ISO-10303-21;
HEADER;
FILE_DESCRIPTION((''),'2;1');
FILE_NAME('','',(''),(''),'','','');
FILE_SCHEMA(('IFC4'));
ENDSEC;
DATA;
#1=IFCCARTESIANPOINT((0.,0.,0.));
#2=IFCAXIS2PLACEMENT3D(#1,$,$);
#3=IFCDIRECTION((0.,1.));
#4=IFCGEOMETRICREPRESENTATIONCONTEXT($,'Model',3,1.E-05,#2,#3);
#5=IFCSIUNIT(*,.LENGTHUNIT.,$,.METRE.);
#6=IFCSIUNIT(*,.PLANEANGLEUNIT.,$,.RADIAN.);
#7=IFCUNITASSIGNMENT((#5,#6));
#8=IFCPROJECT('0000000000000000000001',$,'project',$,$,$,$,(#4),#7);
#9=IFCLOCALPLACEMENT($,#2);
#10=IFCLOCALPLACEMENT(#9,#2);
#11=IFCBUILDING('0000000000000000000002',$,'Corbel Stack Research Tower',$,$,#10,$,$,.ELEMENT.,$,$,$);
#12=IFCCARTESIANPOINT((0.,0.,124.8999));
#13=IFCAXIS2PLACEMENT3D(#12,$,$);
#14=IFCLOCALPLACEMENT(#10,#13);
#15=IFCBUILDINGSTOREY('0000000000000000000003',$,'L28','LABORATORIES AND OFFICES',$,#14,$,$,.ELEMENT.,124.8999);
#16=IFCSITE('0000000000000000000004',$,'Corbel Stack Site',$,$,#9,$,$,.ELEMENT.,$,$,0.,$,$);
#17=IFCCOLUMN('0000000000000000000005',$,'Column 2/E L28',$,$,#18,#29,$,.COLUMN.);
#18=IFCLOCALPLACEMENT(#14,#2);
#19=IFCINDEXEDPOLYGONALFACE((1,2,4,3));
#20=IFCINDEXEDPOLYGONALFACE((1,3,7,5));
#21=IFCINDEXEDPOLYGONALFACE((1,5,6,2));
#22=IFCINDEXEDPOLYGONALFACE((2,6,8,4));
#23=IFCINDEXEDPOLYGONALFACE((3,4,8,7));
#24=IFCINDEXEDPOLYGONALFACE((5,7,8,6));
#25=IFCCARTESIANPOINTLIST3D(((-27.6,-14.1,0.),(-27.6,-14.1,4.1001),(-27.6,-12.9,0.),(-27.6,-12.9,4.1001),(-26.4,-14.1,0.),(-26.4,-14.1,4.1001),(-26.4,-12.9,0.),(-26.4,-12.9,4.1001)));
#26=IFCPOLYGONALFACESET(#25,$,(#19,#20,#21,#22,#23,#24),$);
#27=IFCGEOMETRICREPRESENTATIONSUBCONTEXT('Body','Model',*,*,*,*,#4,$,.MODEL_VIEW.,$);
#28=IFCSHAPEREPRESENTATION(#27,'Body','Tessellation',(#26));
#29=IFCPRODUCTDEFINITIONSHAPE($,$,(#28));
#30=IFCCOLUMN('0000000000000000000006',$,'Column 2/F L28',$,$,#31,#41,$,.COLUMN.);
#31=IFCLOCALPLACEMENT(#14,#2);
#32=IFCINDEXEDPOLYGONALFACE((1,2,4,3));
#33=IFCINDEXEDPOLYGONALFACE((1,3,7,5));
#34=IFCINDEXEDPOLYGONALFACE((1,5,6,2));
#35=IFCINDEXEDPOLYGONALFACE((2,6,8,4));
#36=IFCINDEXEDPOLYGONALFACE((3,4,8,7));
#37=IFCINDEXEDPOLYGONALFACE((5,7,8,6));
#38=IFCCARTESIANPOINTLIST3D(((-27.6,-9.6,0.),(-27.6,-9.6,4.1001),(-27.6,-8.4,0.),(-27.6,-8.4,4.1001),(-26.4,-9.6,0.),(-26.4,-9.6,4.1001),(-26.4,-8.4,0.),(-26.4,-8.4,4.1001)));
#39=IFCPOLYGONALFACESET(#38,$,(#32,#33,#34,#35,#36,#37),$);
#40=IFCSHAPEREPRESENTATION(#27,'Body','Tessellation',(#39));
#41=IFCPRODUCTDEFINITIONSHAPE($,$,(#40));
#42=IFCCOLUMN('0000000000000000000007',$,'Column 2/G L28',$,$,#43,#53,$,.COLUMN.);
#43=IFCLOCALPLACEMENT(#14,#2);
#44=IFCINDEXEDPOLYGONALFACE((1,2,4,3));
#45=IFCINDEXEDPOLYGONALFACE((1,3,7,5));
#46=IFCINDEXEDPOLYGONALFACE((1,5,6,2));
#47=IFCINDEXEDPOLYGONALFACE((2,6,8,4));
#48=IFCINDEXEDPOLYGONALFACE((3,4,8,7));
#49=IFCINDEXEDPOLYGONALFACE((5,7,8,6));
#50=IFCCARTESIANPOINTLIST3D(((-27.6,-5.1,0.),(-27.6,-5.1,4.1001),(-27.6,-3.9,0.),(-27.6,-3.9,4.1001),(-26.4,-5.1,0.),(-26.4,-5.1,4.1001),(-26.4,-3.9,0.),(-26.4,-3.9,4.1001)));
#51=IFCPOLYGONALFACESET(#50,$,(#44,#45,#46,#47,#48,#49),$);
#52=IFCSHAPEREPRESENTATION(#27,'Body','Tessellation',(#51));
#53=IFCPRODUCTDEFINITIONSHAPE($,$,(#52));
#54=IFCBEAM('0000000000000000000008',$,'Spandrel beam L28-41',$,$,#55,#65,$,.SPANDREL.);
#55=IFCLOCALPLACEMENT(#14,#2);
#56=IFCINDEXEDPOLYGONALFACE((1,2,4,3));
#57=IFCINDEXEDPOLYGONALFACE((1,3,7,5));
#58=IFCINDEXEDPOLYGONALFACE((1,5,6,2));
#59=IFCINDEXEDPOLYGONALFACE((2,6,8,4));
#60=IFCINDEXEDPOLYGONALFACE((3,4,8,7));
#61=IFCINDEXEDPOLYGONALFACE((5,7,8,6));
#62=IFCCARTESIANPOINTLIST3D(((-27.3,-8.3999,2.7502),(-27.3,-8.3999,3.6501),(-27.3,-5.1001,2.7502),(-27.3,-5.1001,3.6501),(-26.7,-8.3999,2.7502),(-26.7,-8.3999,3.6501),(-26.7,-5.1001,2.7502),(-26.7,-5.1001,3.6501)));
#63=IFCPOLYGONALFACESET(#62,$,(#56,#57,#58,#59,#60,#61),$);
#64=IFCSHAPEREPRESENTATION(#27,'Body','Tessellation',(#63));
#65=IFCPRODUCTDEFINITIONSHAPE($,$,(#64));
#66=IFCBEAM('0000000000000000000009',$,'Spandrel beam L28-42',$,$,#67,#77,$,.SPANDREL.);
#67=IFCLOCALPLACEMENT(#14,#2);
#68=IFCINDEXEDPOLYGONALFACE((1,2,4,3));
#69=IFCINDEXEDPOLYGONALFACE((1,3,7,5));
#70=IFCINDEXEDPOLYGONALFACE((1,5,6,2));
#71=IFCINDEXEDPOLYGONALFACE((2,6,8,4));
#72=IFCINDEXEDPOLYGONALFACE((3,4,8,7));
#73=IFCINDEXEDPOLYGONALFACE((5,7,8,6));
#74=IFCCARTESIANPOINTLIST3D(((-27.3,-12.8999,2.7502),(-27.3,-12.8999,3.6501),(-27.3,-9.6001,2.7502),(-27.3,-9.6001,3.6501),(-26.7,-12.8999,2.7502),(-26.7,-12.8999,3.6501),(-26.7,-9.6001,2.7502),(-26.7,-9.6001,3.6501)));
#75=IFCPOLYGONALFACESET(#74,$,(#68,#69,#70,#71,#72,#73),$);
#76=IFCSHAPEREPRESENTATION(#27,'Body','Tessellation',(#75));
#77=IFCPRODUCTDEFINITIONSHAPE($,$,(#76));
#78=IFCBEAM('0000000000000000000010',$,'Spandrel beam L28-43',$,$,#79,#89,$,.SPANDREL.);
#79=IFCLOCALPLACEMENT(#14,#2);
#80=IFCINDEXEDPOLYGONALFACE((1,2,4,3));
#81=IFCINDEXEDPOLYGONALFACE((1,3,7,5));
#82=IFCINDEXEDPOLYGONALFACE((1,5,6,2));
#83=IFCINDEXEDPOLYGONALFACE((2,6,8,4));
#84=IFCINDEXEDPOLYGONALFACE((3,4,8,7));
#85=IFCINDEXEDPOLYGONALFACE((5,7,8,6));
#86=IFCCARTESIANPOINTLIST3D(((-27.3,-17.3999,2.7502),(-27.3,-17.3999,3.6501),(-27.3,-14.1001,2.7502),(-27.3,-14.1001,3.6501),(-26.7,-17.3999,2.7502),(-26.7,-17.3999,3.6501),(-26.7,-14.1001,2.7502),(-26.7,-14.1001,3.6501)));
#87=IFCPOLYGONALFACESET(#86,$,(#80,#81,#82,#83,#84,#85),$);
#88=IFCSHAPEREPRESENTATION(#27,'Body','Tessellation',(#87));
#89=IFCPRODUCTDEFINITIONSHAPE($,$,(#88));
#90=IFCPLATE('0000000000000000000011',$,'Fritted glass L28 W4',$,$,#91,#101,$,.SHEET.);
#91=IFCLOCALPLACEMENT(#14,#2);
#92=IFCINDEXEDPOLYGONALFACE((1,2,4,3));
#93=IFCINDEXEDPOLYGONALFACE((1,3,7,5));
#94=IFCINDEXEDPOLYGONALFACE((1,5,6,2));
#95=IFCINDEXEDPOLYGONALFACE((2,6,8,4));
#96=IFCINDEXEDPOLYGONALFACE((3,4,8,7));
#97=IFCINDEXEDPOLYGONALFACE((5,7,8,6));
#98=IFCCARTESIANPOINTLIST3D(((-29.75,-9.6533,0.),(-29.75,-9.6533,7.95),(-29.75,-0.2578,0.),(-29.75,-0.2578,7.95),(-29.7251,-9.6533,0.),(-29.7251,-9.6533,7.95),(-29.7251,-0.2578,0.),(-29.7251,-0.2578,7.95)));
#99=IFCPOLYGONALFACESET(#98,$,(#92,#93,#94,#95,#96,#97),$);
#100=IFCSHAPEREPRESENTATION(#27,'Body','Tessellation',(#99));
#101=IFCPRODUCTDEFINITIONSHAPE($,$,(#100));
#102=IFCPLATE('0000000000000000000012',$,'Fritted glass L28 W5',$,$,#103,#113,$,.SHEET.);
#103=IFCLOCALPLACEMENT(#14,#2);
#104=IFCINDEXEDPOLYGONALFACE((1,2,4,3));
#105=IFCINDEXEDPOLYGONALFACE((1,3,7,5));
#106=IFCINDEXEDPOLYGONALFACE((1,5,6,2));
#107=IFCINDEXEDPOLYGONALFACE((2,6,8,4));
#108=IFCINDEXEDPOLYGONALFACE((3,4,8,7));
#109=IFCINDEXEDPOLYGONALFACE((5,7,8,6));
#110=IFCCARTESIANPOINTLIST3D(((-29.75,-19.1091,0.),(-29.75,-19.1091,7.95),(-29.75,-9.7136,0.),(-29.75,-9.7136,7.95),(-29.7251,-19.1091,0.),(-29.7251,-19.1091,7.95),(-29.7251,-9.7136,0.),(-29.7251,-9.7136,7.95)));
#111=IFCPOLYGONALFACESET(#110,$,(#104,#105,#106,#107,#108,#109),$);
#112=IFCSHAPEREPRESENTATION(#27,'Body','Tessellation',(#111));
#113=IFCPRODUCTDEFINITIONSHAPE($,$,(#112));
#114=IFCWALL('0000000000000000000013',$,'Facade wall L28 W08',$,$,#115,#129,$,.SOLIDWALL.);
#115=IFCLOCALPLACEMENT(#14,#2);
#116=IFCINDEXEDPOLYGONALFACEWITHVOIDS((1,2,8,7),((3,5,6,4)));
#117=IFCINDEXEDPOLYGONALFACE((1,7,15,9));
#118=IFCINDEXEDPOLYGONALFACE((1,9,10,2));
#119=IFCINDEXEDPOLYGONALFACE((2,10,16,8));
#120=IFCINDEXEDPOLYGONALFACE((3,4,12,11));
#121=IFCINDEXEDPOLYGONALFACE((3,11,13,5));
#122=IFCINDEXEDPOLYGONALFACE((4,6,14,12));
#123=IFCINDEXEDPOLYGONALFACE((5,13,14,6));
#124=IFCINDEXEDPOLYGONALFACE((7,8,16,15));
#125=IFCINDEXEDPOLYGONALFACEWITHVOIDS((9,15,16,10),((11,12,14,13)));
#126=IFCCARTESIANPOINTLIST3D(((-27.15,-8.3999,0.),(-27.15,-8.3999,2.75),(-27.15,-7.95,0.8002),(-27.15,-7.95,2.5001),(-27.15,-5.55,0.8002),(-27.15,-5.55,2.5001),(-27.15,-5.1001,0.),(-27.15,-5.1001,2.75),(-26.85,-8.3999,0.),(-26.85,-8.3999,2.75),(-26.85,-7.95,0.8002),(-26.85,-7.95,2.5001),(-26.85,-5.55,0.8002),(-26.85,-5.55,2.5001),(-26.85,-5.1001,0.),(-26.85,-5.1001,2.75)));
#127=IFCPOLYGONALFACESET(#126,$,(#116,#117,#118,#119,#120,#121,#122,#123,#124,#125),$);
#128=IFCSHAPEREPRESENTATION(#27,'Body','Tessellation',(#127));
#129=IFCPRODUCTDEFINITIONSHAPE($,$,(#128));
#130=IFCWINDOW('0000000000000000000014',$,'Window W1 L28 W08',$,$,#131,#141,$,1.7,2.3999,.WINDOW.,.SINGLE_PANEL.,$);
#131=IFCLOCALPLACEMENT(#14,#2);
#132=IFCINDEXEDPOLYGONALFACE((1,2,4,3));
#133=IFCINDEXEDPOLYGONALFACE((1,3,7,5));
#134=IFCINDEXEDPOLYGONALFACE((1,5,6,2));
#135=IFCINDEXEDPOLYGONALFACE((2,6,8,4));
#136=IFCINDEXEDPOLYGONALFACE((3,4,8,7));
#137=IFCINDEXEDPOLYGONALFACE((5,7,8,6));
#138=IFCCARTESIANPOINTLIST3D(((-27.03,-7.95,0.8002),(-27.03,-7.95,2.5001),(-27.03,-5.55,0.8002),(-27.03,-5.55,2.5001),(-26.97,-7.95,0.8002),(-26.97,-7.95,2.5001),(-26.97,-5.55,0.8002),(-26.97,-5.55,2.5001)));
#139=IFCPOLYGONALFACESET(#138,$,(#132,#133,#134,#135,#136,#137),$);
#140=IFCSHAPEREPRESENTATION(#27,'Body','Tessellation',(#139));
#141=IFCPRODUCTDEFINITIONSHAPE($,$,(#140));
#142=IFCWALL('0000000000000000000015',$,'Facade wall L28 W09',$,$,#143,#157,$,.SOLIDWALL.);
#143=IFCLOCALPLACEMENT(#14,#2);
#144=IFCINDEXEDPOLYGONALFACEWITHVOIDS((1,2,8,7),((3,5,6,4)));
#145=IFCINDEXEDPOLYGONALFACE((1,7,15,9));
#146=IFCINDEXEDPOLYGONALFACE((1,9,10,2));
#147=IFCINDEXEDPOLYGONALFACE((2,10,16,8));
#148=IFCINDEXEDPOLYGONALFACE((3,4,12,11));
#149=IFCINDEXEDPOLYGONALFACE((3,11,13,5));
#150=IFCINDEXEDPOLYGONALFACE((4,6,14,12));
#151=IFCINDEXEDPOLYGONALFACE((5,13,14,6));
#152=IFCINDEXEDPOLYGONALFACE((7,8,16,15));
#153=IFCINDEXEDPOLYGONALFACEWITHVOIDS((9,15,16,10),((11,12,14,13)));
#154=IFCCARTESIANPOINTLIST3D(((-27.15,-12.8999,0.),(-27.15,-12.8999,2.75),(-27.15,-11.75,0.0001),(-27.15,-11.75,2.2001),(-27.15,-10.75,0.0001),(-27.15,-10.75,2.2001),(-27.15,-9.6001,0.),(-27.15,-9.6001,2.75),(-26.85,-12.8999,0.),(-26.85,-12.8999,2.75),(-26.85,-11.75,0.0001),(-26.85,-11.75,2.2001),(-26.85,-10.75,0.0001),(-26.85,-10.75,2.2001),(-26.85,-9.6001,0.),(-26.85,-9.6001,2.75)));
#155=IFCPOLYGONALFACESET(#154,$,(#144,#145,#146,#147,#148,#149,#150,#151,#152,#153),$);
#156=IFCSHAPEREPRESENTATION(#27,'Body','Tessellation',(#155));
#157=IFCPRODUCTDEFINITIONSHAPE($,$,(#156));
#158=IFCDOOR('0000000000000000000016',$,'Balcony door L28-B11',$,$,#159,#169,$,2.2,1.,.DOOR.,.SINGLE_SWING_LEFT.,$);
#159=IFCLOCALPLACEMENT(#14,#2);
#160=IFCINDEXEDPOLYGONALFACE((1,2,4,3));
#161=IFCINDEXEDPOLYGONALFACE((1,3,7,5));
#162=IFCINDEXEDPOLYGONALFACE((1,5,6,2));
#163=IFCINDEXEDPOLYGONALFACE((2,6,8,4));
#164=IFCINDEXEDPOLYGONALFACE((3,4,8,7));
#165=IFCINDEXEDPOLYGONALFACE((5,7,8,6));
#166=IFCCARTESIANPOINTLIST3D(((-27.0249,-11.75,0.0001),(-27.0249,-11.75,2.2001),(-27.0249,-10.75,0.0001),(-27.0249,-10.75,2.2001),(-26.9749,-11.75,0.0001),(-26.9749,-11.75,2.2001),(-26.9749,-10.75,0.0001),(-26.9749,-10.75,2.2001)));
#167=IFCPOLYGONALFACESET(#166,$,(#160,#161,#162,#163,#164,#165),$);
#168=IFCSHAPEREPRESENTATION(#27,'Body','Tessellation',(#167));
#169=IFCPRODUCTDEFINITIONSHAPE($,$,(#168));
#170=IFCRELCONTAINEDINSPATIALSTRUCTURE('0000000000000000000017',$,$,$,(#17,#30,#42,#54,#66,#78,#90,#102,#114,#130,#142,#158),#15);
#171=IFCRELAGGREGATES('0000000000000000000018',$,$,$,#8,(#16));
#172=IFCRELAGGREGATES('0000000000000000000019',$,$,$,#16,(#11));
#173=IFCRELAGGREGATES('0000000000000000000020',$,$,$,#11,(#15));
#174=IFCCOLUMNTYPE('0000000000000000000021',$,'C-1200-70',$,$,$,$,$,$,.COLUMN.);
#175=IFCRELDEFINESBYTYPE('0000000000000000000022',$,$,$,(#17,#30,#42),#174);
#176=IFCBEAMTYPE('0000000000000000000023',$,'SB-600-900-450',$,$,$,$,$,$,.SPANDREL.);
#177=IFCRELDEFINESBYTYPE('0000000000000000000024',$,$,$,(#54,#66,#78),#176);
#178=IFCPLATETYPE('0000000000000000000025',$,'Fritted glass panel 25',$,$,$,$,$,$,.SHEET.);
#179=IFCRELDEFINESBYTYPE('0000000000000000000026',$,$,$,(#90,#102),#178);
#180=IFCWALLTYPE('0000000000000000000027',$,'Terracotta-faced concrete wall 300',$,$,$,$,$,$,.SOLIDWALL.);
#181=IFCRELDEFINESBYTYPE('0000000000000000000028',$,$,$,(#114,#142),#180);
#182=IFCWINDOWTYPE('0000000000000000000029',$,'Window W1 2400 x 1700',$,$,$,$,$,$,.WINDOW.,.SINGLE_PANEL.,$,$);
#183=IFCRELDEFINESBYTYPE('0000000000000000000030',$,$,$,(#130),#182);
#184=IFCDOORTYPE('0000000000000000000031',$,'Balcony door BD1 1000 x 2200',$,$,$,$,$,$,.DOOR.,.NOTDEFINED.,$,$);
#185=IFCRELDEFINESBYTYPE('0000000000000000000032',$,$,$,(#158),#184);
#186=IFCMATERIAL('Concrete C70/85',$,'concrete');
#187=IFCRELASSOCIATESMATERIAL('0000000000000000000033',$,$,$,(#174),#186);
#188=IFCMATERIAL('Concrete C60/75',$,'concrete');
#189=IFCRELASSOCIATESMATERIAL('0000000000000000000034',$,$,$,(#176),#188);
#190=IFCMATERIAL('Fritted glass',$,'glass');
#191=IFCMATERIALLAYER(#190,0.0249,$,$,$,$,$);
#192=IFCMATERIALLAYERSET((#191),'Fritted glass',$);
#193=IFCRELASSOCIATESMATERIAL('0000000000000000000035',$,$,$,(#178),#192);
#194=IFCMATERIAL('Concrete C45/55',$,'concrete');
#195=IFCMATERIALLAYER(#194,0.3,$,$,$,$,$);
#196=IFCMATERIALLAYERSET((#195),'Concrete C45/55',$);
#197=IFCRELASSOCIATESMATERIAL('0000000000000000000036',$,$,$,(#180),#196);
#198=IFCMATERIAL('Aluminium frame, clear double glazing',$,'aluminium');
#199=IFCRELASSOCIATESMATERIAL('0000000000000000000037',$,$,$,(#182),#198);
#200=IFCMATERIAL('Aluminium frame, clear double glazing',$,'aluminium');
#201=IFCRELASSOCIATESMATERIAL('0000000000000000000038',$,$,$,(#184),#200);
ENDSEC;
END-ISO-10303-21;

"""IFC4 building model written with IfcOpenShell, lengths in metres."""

from ifc_helpers import new_model, si_unit, direction, frame, frame_2d, origin, origin_2d, place, context, subcontext, project, spatial, rectangle, extrude, material, layer, layer_set, material_profile, profile_set, type_object, element, fill, save


model = new_model("IFC4")

# Units and contexts
model_context = context("Model", 3, precision=1e-05, world=origin(), true_north=direction((0.0, 1.0)))
body_context = subcontext(model_context, "Body", "Model", "MODEL_VIEW")
ifc_project = project(units=[si_unit("LENGTHUNIT", "METRE"), si_unit("PLANEANGLEUNIT", "RADIAN")], contexts=[model_context])

# Site, building, storey
site_placement = place(None, origin())
site = spatial("IfcSite", under=ifc_project, at=site_placement, Name="Corbel Stack Site", CompositionType="ELEMENT", RefElevation=0.0)
building_placement = place(site_placement, origin())
building = spatial("IfcBuilding", under=site, at=building_placement, Name="Corbel Stack Research Tower", CompositionType="ELEMENT")
storey_placement = place(building_placement, frame((0.0, 0.0, 124.8999)))
storey = spatial("IfcBuildingStorey", under=building, at=storey_placement, Name="L28", Description="LABORATORIES AND OFFICES", CompositionType="ELEMENT", Elevation=124.8999)

# Columns
ifc_material_1 = material(Name="Concrete C70/85", Category="concrete")
ifc_material_profile_1 = material_profile(ifc_material_1, rectangle(XDim=1.2, YDim=1.2, at=origin_2d()), Name="RC 1200 x 1200")
ifc_profile_set_1 = profile_set([ifc_material_profile_1], Name="Concrete C70/85")
column_type = type_object("IfcColumnType", Name="C-1200-70", PredefinedType="COLUMN", material=ifc_profile_set_1)
for number, where, z_axis, x_axis, name in (
    (1, (-27.0, -13.5, 0.0), (0.0, 0.0, 1.0), (1.0, 0.0, 0.0), "Column 2/E L28"),
    (2, (-27.0, -9.0, 0.0), (0.0, 0.0, 1.0), (1.0, 0.0, 0.0), "Column 2/F L28"),
    (3, (-27.0, -4.5, 0.0), (0.0, 0.0, 1.0), (1.0, 0.0, 0.0), "Column 2/G L28"),
):
    element("IfcColumn", number, at=place(storey_placement, frame(where, z_axis=z_axis, x_axis=x_axis)), inside=storey, type_object=column_type, Name=name, PredefinedType="COLUMN", context=body_context, shape_type="SweptSolid", body=[
        extrude(rectangle(XDim=1.2, YDim=1.2, at=origin_2d()), origin(), (0.0, 0.0, 1.0), 4.1001),
    ])

# Beams
ifc_material_2 = material(Name="Concrete C60/75", Category="concrete")
ifc_material_profile_2 = material_profile(ifc_material_2, rectangle(XDim=0.6001, YDim=0.8999, at=origin_2d()), Name="RC 600 x 900")
ifc_profile_set_2 = profile_set([ifc_material_profile_2], Name="Concrete C60/75")
beam_type = type_object("IfcBeamType", Name="SB-600-900-450", PredefinedType="SPANDREL", material=ifc_profile_set_2)
for number, where, z_axis, x_axis, name in (
    (4, (-27.0, -5.1001, 3.2002), (0.0, -1.0, 0.0), (1.0, 0.0, 0.0), "Spandrel beam L28-41"),
    (5, (-27.0, -9.6001, 3.2002), (0.0, -1.0, 0.0), (1.0, 0.0, 0.0), "Spandrel beam L28-42"),
    (6, (-27.0, -14.1001, 3.2002), (0.0, -1.0, 0.0), (1.0, 0.0, 0.0), "Spandrel beam L28-43"),
):
    element("IfcBeam", number, at=place(storey_placement, frame(where, z_axis=z_axis, x_axis=x_axis)), inside=storey, type_object=beam_type, Name=name, PredefinedType="SPANDREL", context=body_context, shape_type="SweptSolid", body=[
        extrude(rectangle(XDim=0.6001, YDim=0.8999, at=origin_2d()), origin(), (0.0, 0.0, 1.0), 3.2998),
    ])

# Plates
ifc_material_3 = material(Name="Fritted glass", Category="glass")
ifc_layer_1 = layer(ifc_material_3, 0.0249)
ifc_layer_set_1 = layer_set([ifc_layer_1], Name="Fritted glass")
plate_type = type_object("IfcPlateType", Name="Fritted glass panel 25", PredefinedType="SHEET", material=ifc_layer_set_1)
for number, where, z_axis, x_axis, name in (
    (7, (-29.7375, -4.9556, 0.0), (0.0, 0.0, 1.0), (0.0, -1.0, 0.0), "Fritted glass L28 W4"),
    (8, (-29.7375, -14.4114, 0.0), (0.0, 0.0, 1.0), (0.0, -1.0, 0.0), "Fritted glass L28 W5"),
):
    element("IfcPlate", number, at=place(storey_placement, frame(where, z_axis=z_axis, x_axis=x_axis)), inside=storey, type_object=plate_type, Name=name, PredefinedType="SHEET", context=body_context, shape_type="SweptSolid", body=[
        extrude(rectangle(XDim=9.3955, YDim=0.0249, at=origin_2d()), origin(), (0.0, 0.0, 1.0), 7.95),
    ])

# Wall, opening, window
ifc_material_4 = material(Name="Concrete C45/55", Category="concrete")
ifc_layer_2 = layer(ifc_material_4, 0.3)
ifc_layer_set_2 = layer_set([ifc_layer_2], Name="Concrete C45/55")
wall_type = type_object("IfcWallType", Name="Terracotta-faced concrete wall 300", PredefinedType="SOLIDWALL", material=ifc_layer_set_2)
wall_1_placement = place(storey_placement, frame((-27.0, -8.3999, 0.0), z_axis=(0.0, 0.0, 1.0), x_axis=(0.0, 1.0, 0.0)))
wall_1 = element("IfcWall", 9, at=wall_1_placement, inside=storey, type_object=wall_type, Name="Facade wall L28 W08", PredefinedType="SOLIDWALL", context=body_context, shape_type="SweptSolid", body=[
    extrude(rectangle(XDim=3.2998, YDim=0.3, at=frame_2d((1.6499, 0.0))), origin(), (0.0, 0.0, 1.0), 2.75),
])
opening_1_placement = place(wall_1_placement, frame((0.45, 0.0, 0.8)))
opening_1 = element("IfcOpeningElement", 10, at=opening_1_placement, cuts=wall_1, PredefinedType="OPENING", context=body_context, shape_type="SweptSolid", body=[
    extrude(rectangle(XDim=2.3999, YDim=1.7, at=frame_2d((1.2, 0.8501))), frame((0.0, 0.1599, 0.0), z_axis=(0.0, -1.0, 0.0), x_axis=(1.0, 0.0, 0.0)), (0.0, 0.0, 1.0), 0.3201),
])
ifc_material_5 = material(Name="Aluminium frame, clear double glazing", Category="aluminium")
window_type = type_object("IfcWindowType", Name="Window W1 2400 x 1700", PartitioningType="SINGLE_PANEL", PredefinedType="WINDOW", material=ifc_material_5)
window_placement = place(opening_1_placement, origin())
window = element("IfcWindow", 11, at=window_placement, inside=storey, type_object=window_type, Name="Window W1 L28 W08", OverallHeight=1.7, OverallWidth=2.3999, PartitioningType="SINGLE_PANEL", PredefinedType="WINDOW", context=body_context, shape_type="SweptSolid", body=[
    extrude(rectangle(XDim=2.3999, YDim=1.7, at=frame_2d((1.2, 0.8501))), frame((0.0, 0.03, 0.0), z_axis=(0.0, -1.0, 0.0), x_axis=(1.0, 0.0, 0.0)), (0.0, 0.0, 1.0), 0.0601),
])
fill(opening_1, window)

# Wall, opening, door
wall_2_placement = place(storey_placement, frame((-27.0, -12.8999, 0.0), z_axis=(0.0, 0.0, 1.0), x_axis=(0.0, 1.0, 0.0)))
wall_2 = element("IfcWall", 12, at=wall_2_placement, inside=storey, type_object=wall_type, Name="Facade wall L28 W09", PredefinedType="SOLIDWALL", context=body_context, shape_type="SweptSolid", body=[
    extrude(rectangle(XDim=3.2998, YDim=0.3, at=frame_2d((1.6499, 0.0))), origin(), (0.0, 0.0, 1.0), 2.75),
])
opening_2_placement = place(wall_2_placement, frame((1.1499, 0.0, 0.0)))
opening_2 = element("IfcOpeningElement", 13, at=opening_2_placement, cuts=wall_2, PredefinedType="OPENING", context=body_context, shape_type="SweptSolid", body=[
    extrude(rectangle(XDim=1.0, YDim=2.2, at=frame_2d((0.5, 1.1001))), frame((0.0, 0.1599, 0.0), z_axis=(0.0, -1.0, 0.0), x_axis=(1.0, 0.0, 0.0)), (0.0, 0.0, 1.0), 0.3201),
])
ifc_material_6 = material(Name="Aluminium frame, clear double glazing", Category="aluminium")
door_type = type_object("IfcDoorType", Name="Balcony door BD1 1000 x 2200", OperationType="NOTDEFINED", PredefinedType="DOOR", material=ifc_material_6)
door_placement = place(opening_2_placement, origin())
door = element("IfcDoor", 14, at=door_placement, inside=storey, type_object=door_type, Name="Balcony door L28-B11", OperationType="SINGLE_SWING_LEFT", OverallHeight=2.2, OverallWidth=1.0, PredefinedType="DOOR", context=body_context, shape_type="SweptSolid", body=[
    extrude(rectangle(XDim=1.0, YDim=2.2, at=frame_2d((0.5, 1.1001))), frame((0.0, 0.0249, 0.0), z_axis=(0.0, -1.0, 0.0), x_axis=(1.0, 0.0, 0.0)), (0.0, 0.0, 1.0), 0.05),
])
fill(opening_2, door)

save(model, "model.ifc")
